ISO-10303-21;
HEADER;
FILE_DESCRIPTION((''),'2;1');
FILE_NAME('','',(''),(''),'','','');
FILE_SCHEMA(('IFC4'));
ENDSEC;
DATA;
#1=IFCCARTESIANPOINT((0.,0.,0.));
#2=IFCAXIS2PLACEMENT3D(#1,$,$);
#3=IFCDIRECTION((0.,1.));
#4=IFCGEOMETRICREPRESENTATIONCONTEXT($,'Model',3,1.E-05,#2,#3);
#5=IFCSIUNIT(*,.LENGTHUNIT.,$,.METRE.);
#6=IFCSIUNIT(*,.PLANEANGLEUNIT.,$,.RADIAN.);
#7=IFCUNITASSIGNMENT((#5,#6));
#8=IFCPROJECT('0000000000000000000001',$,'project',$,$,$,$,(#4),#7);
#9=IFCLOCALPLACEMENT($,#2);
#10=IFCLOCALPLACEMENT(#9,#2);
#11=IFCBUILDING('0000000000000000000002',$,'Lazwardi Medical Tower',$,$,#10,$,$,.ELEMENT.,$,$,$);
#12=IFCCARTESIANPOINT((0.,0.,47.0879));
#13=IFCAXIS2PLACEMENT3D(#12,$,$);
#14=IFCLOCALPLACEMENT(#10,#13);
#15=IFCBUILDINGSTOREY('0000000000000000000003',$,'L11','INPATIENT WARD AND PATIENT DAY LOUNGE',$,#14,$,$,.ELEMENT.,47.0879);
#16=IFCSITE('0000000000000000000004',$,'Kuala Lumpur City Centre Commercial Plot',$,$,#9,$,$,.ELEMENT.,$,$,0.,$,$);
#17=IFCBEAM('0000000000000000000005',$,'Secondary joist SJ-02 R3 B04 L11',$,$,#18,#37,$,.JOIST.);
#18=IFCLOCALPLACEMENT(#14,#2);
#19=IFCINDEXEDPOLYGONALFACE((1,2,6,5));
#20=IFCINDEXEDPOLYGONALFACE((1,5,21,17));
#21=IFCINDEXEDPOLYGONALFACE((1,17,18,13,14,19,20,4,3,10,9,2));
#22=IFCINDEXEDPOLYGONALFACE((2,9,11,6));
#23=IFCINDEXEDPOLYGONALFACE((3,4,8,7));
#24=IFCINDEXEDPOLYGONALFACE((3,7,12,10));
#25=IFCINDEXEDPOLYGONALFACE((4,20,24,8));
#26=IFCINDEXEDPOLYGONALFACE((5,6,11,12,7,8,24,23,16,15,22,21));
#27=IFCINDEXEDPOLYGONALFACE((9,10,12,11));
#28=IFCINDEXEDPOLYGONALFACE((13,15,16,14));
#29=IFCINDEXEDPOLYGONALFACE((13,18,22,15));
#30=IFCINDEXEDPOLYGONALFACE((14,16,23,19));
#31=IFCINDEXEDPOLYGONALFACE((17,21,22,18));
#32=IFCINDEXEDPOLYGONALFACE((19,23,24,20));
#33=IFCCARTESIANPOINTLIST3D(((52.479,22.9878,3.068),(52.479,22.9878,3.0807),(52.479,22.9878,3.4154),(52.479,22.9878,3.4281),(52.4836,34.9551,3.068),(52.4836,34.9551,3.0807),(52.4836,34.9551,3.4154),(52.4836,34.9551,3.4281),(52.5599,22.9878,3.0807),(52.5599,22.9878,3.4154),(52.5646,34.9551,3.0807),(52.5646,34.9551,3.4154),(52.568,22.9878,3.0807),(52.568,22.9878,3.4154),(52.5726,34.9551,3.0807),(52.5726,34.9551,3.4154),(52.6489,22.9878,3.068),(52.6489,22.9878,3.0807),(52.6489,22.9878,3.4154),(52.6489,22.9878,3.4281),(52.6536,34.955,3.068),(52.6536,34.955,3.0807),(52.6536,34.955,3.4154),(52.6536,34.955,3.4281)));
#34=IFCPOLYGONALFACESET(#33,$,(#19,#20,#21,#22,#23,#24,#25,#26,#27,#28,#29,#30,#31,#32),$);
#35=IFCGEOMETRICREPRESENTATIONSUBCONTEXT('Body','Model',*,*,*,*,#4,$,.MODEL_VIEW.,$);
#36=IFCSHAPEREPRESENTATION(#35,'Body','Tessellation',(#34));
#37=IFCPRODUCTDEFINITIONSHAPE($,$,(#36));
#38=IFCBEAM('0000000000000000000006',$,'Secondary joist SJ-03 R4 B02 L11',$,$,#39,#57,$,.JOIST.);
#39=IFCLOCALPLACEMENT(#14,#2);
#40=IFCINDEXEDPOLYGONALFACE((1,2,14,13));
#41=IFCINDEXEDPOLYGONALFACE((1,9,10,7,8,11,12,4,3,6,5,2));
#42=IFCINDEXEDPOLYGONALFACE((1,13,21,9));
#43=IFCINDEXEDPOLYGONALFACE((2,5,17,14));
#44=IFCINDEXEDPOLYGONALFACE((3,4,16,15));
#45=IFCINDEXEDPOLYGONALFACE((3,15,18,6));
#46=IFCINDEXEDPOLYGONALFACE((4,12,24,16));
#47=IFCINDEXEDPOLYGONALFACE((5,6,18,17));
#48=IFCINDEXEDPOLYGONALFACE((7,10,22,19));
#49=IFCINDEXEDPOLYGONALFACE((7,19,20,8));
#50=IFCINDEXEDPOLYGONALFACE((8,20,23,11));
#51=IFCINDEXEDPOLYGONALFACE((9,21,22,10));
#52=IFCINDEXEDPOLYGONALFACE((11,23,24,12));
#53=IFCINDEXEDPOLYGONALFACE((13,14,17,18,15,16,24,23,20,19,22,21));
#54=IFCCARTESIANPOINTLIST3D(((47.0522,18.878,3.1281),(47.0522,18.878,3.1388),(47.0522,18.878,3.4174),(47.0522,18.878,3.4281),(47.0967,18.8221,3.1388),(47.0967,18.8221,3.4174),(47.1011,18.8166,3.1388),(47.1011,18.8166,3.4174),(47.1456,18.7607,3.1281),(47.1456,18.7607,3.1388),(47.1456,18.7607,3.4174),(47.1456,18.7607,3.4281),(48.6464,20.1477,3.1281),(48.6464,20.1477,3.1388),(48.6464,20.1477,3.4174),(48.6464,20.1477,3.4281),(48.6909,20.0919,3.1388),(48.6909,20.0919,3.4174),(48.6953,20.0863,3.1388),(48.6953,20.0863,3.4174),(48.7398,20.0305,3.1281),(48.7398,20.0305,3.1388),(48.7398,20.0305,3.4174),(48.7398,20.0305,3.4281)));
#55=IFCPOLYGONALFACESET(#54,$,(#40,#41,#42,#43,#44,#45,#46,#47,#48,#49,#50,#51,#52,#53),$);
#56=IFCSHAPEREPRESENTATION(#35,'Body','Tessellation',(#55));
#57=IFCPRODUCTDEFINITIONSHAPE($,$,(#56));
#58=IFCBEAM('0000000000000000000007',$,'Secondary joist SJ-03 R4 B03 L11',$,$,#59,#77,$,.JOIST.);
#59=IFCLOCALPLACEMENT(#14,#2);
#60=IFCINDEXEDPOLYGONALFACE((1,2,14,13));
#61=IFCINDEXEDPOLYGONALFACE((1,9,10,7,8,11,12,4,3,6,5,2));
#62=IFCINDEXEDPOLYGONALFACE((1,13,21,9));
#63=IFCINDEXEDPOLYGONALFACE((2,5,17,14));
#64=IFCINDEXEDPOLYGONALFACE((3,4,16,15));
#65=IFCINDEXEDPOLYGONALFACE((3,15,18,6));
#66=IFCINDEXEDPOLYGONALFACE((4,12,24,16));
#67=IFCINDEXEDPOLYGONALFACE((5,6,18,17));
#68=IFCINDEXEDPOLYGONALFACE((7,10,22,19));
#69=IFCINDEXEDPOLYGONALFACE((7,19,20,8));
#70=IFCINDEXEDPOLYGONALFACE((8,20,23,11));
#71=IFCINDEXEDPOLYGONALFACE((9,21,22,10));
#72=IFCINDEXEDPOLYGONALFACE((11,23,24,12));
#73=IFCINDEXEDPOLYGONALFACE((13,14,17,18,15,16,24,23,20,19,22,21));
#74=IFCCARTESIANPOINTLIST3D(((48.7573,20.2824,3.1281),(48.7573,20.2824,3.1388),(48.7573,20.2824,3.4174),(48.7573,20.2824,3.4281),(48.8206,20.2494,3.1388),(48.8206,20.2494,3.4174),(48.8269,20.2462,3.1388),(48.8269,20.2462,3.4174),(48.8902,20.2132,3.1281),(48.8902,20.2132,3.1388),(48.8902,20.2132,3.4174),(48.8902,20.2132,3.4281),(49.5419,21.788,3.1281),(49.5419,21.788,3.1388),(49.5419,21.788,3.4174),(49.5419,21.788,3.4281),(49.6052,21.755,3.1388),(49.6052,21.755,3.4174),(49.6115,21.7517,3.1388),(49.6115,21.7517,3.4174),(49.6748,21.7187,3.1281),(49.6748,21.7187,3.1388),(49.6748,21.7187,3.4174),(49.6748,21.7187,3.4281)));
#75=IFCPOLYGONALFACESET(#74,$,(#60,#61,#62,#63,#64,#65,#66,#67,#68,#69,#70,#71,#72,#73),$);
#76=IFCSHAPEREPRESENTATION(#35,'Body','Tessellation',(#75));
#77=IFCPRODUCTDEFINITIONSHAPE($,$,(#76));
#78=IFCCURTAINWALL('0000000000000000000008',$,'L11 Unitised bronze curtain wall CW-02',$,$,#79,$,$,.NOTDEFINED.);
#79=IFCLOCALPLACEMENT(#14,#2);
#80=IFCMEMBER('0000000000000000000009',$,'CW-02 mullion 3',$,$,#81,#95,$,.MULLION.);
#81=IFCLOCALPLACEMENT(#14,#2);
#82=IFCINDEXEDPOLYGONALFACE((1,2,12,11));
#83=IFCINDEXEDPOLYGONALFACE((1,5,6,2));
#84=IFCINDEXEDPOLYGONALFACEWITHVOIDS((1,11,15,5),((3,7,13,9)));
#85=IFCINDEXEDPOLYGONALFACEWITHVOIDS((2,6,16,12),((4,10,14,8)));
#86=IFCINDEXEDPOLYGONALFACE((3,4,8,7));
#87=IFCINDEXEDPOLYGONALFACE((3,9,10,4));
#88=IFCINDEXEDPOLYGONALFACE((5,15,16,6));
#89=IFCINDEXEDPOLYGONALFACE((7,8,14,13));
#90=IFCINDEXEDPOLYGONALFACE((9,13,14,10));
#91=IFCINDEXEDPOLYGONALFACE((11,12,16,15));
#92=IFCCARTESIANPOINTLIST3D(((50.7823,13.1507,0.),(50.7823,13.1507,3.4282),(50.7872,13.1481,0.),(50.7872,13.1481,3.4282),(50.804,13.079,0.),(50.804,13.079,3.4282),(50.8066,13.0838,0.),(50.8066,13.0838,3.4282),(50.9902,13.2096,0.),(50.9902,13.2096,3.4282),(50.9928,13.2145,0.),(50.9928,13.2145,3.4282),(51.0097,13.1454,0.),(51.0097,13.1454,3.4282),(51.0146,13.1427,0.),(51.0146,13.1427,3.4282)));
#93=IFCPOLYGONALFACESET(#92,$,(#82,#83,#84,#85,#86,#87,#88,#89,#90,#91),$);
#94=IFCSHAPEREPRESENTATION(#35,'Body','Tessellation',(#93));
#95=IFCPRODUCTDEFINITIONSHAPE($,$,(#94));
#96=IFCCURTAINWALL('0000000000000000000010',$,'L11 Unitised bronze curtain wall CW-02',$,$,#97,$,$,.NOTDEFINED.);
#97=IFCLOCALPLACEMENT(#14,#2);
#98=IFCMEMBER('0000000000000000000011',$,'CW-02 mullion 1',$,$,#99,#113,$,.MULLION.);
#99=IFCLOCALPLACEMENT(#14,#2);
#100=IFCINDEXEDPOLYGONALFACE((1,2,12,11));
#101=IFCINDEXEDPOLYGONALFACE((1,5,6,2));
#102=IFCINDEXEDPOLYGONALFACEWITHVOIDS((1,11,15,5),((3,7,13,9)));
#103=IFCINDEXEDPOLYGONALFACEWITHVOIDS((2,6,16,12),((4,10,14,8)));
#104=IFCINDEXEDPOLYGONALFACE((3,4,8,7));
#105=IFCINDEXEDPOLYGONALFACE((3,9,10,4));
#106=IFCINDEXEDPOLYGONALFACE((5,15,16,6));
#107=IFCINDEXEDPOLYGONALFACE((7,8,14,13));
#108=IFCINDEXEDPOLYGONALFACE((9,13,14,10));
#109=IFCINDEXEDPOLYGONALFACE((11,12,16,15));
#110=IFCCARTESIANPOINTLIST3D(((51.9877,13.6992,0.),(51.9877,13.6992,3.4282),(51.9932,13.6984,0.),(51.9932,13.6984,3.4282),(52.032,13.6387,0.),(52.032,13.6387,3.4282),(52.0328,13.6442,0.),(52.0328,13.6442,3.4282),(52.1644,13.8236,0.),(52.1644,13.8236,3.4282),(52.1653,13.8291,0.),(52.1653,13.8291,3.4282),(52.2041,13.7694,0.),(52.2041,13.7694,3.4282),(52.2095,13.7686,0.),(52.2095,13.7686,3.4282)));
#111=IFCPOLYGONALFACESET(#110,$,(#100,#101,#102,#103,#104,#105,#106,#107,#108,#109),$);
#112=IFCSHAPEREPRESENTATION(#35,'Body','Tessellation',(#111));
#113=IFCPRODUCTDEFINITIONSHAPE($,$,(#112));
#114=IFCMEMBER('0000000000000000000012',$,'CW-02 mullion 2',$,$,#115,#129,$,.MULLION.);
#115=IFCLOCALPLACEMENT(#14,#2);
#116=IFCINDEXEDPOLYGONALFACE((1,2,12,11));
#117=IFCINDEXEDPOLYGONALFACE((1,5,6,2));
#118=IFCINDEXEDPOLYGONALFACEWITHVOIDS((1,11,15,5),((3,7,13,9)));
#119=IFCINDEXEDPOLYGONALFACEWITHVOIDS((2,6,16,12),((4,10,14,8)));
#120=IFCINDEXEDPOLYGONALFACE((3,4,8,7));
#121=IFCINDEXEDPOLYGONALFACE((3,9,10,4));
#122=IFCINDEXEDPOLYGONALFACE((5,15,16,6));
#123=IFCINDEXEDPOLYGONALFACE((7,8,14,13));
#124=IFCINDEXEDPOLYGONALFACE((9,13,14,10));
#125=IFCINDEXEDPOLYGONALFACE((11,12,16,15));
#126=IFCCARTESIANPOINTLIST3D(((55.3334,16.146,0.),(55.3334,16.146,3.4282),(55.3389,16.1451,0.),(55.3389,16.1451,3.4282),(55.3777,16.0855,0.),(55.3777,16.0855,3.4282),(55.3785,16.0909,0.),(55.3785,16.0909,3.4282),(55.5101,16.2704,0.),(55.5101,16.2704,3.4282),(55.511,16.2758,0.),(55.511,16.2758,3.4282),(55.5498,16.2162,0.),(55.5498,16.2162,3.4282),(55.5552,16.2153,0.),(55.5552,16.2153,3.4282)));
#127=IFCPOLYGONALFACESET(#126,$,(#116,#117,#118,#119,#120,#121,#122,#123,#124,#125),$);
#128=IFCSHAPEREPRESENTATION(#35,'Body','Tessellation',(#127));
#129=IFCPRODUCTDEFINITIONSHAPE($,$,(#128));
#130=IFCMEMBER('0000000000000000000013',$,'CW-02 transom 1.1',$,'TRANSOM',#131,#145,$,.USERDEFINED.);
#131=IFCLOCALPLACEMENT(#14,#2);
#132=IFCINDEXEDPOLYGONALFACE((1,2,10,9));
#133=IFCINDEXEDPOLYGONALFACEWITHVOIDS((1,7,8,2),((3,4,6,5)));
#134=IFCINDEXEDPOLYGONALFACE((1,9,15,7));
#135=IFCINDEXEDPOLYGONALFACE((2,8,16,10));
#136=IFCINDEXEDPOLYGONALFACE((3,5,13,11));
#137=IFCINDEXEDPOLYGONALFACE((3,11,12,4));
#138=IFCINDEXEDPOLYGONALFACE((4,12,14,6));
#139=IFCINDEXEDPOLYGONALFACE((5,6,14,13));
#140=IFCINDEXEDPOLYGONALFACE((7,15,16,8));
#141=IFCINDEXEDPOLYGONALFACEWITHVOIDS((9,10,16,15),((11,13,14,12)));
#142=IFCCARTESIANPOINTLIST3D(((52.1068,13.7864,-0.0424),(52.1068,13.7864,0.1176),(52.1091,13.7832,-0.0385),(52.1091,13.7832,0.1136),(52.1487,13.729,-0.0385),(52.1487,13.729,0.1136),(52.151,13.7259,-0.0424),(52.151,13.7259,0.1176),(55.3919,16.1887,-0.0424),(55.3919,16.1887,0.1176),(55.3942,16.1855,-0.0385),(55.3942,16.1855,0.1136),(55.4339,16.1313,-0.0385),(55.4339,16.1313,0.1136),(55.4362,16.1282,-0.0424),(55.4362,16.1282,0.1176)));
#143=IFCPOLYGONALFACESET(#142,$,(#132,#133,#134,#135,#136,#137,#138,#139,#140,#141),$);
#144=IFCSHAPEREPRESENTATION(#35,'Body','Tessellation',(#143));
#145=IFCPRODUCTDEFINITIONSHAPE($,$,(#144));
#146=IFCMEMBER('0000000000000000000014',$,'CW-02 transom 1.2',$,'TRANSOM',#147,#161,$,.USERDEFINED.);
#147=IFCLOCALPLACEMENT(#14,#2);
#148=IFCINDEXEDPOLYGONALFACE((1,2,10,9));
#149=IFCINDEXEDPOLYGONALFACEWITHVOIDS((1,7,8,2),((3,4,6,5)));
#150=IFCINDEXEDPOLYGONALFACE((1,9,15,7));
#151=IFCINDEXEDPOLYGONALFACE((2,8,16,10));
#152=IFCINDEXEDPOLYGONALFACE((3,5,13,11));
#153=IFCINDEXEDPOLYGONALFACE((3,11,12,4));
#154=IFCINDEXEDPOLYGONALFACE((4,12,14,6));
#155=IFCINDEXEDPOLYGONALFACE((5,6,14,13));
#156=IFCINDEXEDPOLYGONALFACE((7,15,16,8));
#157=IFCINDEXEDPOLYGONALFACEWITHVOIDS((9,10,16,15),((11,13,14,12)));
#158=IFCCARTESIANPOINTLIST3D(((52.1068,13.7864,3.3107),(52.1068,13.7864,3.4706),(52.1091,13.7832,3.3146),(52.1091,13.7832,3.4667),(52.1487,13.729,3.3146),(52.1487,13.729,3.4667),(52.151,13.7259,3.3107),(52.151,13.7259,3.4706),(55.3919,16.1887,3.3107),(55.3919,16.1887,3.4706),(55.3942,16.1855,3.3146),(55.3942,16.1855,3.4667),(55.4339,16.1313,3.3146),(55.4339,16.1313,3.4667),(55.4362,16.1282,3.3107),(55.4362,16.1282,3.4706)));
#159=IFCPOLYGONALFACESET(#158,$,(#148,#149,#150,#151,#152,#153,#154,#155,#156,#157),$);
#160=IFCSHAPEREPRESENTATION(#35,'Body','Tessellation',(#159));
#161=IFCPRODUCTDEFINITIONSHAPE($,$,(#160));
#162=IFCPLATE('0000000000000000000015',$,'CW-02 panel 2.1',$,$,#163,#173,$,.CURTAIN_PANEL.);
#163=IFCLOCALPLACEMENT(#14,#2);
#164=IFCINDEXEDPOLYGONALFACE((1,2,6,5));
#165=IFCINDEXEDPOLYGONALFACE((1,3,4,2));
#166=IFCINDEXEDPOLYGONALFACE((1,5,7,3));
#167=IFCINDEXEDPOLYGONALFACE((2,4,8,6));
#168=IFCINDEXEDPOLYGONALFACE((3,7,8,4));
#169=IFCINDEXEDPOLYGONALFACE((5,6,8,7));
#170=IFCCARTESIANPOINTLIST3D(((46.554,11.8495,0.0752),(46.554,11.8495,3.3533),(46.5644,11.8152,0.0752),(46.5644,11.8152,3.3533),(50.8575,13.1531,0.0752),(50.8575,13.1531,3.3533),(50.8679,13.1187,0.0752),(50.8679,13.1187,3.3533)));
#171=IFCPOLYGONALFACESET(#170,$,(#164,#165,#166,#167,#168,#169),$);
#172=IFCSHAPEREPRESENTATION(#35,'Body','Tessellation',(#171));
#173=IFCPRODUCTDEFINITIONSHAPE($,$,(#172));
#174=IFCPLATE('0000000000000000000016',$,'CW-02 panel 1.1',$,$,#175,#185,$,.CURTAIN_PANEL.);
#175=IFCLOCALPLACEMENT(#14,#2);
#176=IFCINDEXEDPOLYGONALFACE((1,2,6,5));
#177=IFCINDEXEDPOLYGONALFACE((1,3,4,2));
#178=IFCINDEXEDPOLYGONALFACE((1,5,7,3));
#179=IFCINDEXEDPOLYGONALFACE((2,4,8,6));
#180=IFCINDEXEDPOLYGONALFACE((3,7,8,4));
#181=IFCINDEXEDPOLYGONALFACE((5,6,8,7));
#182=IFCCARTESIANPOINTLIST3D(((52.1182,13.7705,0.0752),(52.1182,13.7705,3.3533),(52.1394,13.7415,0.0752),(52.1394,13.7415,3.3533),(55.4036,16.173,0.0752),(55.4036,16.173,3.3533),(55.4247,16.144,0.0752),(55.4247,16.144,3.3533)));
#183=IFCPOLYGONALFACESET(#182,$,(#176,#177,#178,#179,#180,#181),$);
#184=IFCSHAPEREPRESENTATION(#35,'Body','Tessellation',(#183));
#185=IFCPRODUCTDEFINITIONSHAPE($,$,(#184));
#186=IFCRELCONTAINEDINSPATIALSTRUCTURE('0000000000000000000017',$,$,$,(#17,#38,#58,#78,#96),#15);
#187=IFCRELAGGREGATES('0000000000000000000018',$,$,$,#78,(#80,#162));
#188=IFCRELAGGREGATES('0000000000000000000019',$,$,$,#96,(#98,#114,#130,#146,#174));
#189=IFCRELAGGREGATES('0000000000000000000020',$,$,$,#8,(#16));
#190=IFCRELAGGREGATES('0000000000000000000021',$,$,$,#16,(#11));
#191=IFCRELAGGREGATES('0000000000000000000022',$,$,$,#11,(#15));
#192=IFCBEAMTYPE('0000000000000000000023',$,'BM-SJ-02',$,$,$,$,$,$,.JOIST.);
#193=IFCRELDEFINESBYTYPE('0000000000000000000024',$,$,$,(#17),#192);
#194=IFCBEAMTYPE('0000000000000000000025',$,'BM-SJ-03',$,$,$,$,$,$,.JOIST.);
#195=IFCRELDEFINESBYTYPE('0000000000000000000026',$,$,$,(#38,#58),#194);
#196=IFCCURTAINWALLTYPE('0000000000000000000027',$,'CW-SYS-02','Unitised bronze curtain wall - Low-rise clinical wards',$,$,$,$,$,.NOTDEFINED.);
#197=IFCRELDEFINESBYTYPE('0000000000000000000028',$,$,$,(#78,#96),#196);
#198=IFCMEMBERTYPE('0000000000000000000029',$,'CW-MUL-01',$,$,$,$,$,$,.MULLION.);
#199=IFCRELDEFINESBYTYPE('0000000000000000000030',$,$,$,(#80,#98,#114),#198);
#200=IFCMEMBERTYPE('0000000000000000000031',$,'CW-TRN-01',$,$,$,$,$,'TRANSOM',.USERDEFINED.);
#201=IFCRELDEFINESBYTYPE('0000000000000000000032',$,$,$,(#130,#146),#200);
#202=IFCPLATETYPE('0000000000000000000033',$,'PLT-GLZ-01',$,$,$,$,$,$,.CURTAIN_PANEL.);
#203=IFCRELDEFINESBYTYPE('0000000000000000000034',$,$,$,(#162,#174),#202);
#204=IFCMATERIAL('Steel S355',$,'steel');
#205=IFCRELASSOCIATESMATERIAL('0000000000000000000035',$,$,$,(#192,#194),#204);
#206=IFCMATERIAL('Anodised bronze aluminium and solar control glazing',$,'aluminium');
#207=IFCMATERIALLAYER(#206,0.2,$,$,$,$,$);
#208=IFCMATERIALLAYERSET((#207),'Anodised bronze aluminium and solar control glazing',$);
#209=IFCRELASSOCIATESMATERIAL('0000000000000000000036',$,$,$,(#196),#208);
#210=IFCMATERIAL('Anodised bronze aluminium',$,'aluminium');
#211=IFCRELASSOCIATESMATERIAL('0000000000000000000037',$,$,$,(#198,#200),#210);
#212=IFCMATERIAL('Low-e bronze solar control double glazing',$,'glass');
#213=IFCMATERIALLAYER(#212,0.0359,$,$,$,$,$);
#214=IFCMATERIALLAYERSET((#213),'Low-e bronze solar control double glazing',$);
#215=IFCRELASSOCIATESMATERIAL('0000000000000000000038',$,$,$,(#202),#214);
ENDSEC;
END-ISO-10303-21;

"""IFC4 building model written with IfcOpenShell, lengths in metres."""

from ifc_helpers import new_model, si_unit, direction, frame, origin, origin_2d, place, context, subcontext, project, spatial, rectangle, hollow_rectangle, i_section, extrude, material, layer, layer_set, material_profile, profile_set, type_object, element, aggregate, save


model = new_model("IFC4")

# Units and contexts
model_context = context("Model", 3, precision=1e-05, world=origin(), true_north=direction((0.0, 1.0)))
body_context = subcontext(model_context, "Body", "Model", "MODEL_VIEW")
ifc_project = project(units=[si_unit("LENGTHUNIT", "METRE"), si_unit("PLANEANGLEUNIT", "RADIAN")], contexts=[model_context])

# Site, building, storey
site_placement = place(None, origin())
site = spatial("IfcSite", under=ifc_project, at=site_placement, Name="Kuala Lumpur City Centre Commercial Plot", CompositionType="ELEMENT", RefElevation=0.0)
building_placement = place(site_placement, origin())
building = spatial("IfcBuilding", under=site, at=building_placement, Name="Lazwardi Medical Tower", CompositionType="ELEMENT")
storey_placement = place(building_placement, frame((0.0, 0.0, 47.0879)))
storey = spatial("IfcBuildingStorey", under=building, at=storey_placement, Name="L11", Description="INPATIENT WARD AND PATIENT DAY LOUNGE", CompositionType="ELEMENT", Elevation=47.0879)

# Beams
ifc_material_1 = material(Name="Steel S355", Category="steel")
ifc_material_profile_1 = material_profile(ifc_material_1, i_section(OverallWidth=0.1699, OverallDepth=0.3601, WebThickness=0.0081, FlangeThickness=0.0127, at=origin_2d()), Name="IPE 360")
ifc_profile_set_1 = profile_set([ifc_material_profile_1], Name="Steel S355")
beam_type_1 = type_object("IfcBeamType", Name="BM-SJ-02", PredefinedType="JOIST", material=ifc_profile_set_1)
beam_1_placement = place(storey_placement, frame((52.564, 22.9878, 3.248), z_axis=(0.000388, 1.0, 0.0), x_axis=(-1.0, 0.000388, 0.0)))
element("IfcBeam", 1, at=beam_1_placement, inside=storey, type_object=beam_type_1, Name="Secondary joist SJ-02 R3 B04 L11", PredefinedType="JOIST", context=body_context, shape_type="SweptSolid", body=[
    extrude(i_section(OverallWidth=0.1699, OverallDepth=0.3601, WebThickness=0.0081, FlangeThickness=0.0127, at=origin_2d()), origin(), (0.0, 0.0, 1.0), 11.9673),
])
ifc_material_profile_2 = material_profile(ifc_material_1, i_section(OverallWidth=0.1499, OverallDepth=0.3, WebThickness=0.0071, FlangeThickness=0.0107, at=origin_2d()), Name="IPE 300")
ifc_profile_set_2 = profile_set([ifc_material_profile_2], Name="Steel S355")
beam_type_2 = type_object("IfcBeamType", Name="BM-SJ-03", PredefinedType="JOIST", material=ifc_profile_set_2)
beam_2_placement = place(storey_placement, frame((47.0989, 18.8193, 3.2781), z_axis=(0.782211, 0.623014, 0.0), x_axis=(-0.623014, 0.782211, 0.0)))
element("IfcBeam", 2, at=beam_2_placement, inside=storey, type_object=beam_type_2, Name="Secondary joist SJ-03 R4 B02 L11", PredefinedType="JOIST", context=body_context, shape_type="SweptSolid", body=[
    extrude(i_section(OverallWidth=0.1499, OverallDepth=0.3, WebThickness=0.0071, FlangeThickness=0.0107, at=origin_2d()), origin(), (0.0, 0.0, 1.0), 2.0381),
])
beam_3_placement = place(storey_placement, frame((48.8237, 20.2478, 3.2781), z_axis=(0.462163, 0.886795, 0.0), x_axis=(-0.886795, 0.462163, 0.0)))
element("IfcBeam", 3, at=beam_3_placement, inside=storey, type_object=beam_type_2, Name="Secondary joist SJ-03 R4 B03 L11", PredefinedType="JOIST", context=body_context, shape_type="SweptSolid", body=[
    extrude(i_section(OverallWidth=0.1499, OverallDepth=0.3, WebThickness=0.0071, FlangeThickness=0.0107, at=origin_2d()), origin(), (0.0, 0.0, 1.0), 1.6978),
])

# Curtain wall, member
ifc_material_2 = material(Name="Anodised bronze aluminium and solar control glazing", Category="aluminium")
ifc_layer_1 = layer(ifc_material_2, 0.2)
ifc_layer_set_1 = layer_set([ifc_layer_1], Name="Anodised bronze aluminium and solar control glazing")
curtain_wall_type = type_object("IfcCurtainWallType", Name="CW-SYS-02", Description="Unitised bronze curtain wall - Low-rise clinical wards", PredefinedType="NOTDEFINED", material=ifc_layer_set_1)
curtain_wall_1_placement = place(storey_placement, origin())
curtain_wall_1 = element("IfcCurtainWall", 4, at=curtain_wall_1_placement, inside=storey, type_object=curtain_wall_type, Name="L11 Unitised bronze curtain wall CW-02", PredefinedType="NOTDEFINED")
ifc_material_3 = material(Name="Anodised bronze aluminium", Category="aluminium")
ifc_material_profile_3 = material_profile(ifc_material_3, hollow_rectangle(XDim=0.075, YDim=0.22, WallThickness=0.0039, at=origin_2d()), Name="ALU-MULLION 220x75x4")
ifc_profile_set_3 = profile_set([ifc_material_profile_3], Name="Anodised bronze aluminium")
member_type_1 = type_object("IfcMemberType", Name="CW-MUL-01", PredefinedType="MULLION", material=ifc_profile_set_3)
member_1_placement = place(storey_placement, frame((50.8984, 13.1467, 0.0), z_axis=(0.0, 0.0, 1.0), x_axis=(-0.289896, 0.957058, 0.0)))
member_1 = element("IfcMember", 5, at=member_1_placement, type_object=member_type_1, Name="CW-02 mullion 3", PredefinedType="MULLION", context=body_context, shape_type="SweptSolid", body=[
    extrude(hollow_rectangle(XDim=0.075, YDim=0.22, WallThickness=0.0039, at=origin_2d()), origin(), (0.0, 0.0, 1.0), 3.4282),
])

# Curtain wall, members
curtain_wall_2_placement = place(storey_placement, origin())
curtain_wall_2 = element("IfcCurtainWall", 6, at=curtain_wall_2_placement, inside=storey, type_object=curtain_wall_type, Name="L11 Unitised bronze curtain wall CW-02", PredefinedType="NOTDEFINED")
member_2_placement = place(storey_placement, frame((52.0986, 13.7339, 0.0), z_axis=(0.0, 0.0, 1.0), x_axis=(-0.590289, 0.807192, 0.0)))
member_2 = element("IfcMember", 7, at=member_2_placement, type_object=member_type_1, Name="CW-02 mullion 1", PredefinedType="MULLION", context=body_context, shape_type="SweptSolid", body=[
    extrude(hollow_rectangle(XDim=0.075, YDim=0.22, WallThickness=0.0039, at=origin_2d()), origin(), (0.0, 0.0, 1.0), 3.4282),
])
member_3_placement = place(storey_placement, frame((55.4443, 16.1807, 0.0), z_axis=(0.0, 0.0, 1.0), x_axis=(-0.590289, 0.807192, 0.0)))
member_3 = element("IfcMember", 8, at=member_3_placement, type_object=member_type_1, Name="CW-02 mullion 2", PredefinedType="MULLION", context=body_context, shape_type="SweptSolid", body=[
    extrude(hollow_rectangle(XDim=0.075, YDim=0.22, WallThickness=0.0039, at=origin_2d()), origin(), (0.0, 0.0, 1.0), 3.4282),
])
ifc_material_profile_4 = material_profile(ifc_material_3, hollow_rectangle(XDim=0.075, YDim=0.1599, WallThickness=0.0039, at=origin_2d()), Name="ALU-TRANSOM 160x75x4")
ifc_profile_set_4 = profile_set([ifc_material_profile_4], Name="Anodised bronze aluminium")
member_type_2 = type_object("IfcMemberType", Name="CW-TRN-01", ElementType="TRANSOM", PredefinedType="USERDEFINED", material=ifc_profile_set_4)
member_4_placement = place(storey_placement, frame((52.1289, 13.7561, 0.0376), z_axis=(0.807198, 0.590281, 0.0), x_axis=(-0.590281, 0.807198, 0.0)))
member_4 = element("IfcMember", 9, at=member_4_placement, type_object=member_type_2, Name="CW-02 transom 1.1", ObjectType="TRANSOM", PredefinedType="USERDEFINED", context=body_context, shape_type="SweptSolid", body=[
    extrude(hollow_rectangle(XDim=0.075, YDim=0.1599, WallThickness=0.0039, at=origin_2d()), origin(), (0.0, 0.0, 1.0), 4.0698),
])
member_5_placement = place(storey_placement, frame((52.1289, 13.7561, 3.3906), z_axis=(0.807198, 0.590281, 0.0), x_axis=(-0.590281, 0.807198, 0.0)))
member_5 = element("IfcMember", 10, at=member_5_placement, type_object=member_type_2, Name="CW-02 transom 1.2", ObjectType="TRANSOM", PredefinedType="USERDEFINED", context=body_context, shape_type="SweptSolid", body=[
    extrude(hollow_rectangle(XDim=0.075, YDim=0.1599, WallThickness=0.0039, at=origin_2d()), origin(), (0.0, 0.0, 1.0), 4.0698),
])

# Plates
ifc_material_4 = material(Name="Low-e bronze solar control double glazing", Category="glass")
ifc_layer_2 = layer(ifc_material_4, 0.0359)
ifc_layer_set_2 = layer_set([ifc_layer_2], Name="Low-e bronze solar control double glazing")
plate_type = type_object("IfcPlateType", Name="PLT-GLZ-01", PredefinedType="CURTAIN_PANEL", material=ifc_layer_set_2)
plate_1_placement = place(storey_placement, frame((48.7109, 12.4841, 0.0752), z_axis=(0.0, 0.0, 1.0), x_axis=(0.957058, 0.289896, 0.0)))
plate_1 = element("IfcPlate", 11, at=plate_1_placement, type_object=plate_type, Name="CW-02 panel 2.1", PredefinedType="CURTAIN_PANEL", context=body_context, shape_type="SweptSolid", body=[
    extrude(rectangle(XDim=4.4966, YDim=0.0359, at=origin_2d()), origin(), (0.0, 0.0, 1.0), 3.2781),
])
aggregate(curtain_wall_1, [member_1, plate_1])
plate_2_placement = place(storey_placement, frame((53.7715, 14.9573, 0.0752), z_axis=(0.0, 0.0, 1.0), x_axis=(0.807192, 0.590289, 0.0)))
plate_2 = element("IfcPlate", 12, at=plate_2_placement, type_object=plate_type, Name="CW-02 panel 1.1", PredefinedType="CURTAIN_PANEL", context=body_context, shape_type="SweptSolid", body=[
    extrude(rectangle(XDim=4.0701, YDim=0.0359, at=origin_2d()), origin(), (0.0, 0.0, 1.0), 3.2781),
])
aggregate(curtain_wall_2, [member_2, member_3, member_4, member_5, plate_2])

save(model, "model.ifc")
